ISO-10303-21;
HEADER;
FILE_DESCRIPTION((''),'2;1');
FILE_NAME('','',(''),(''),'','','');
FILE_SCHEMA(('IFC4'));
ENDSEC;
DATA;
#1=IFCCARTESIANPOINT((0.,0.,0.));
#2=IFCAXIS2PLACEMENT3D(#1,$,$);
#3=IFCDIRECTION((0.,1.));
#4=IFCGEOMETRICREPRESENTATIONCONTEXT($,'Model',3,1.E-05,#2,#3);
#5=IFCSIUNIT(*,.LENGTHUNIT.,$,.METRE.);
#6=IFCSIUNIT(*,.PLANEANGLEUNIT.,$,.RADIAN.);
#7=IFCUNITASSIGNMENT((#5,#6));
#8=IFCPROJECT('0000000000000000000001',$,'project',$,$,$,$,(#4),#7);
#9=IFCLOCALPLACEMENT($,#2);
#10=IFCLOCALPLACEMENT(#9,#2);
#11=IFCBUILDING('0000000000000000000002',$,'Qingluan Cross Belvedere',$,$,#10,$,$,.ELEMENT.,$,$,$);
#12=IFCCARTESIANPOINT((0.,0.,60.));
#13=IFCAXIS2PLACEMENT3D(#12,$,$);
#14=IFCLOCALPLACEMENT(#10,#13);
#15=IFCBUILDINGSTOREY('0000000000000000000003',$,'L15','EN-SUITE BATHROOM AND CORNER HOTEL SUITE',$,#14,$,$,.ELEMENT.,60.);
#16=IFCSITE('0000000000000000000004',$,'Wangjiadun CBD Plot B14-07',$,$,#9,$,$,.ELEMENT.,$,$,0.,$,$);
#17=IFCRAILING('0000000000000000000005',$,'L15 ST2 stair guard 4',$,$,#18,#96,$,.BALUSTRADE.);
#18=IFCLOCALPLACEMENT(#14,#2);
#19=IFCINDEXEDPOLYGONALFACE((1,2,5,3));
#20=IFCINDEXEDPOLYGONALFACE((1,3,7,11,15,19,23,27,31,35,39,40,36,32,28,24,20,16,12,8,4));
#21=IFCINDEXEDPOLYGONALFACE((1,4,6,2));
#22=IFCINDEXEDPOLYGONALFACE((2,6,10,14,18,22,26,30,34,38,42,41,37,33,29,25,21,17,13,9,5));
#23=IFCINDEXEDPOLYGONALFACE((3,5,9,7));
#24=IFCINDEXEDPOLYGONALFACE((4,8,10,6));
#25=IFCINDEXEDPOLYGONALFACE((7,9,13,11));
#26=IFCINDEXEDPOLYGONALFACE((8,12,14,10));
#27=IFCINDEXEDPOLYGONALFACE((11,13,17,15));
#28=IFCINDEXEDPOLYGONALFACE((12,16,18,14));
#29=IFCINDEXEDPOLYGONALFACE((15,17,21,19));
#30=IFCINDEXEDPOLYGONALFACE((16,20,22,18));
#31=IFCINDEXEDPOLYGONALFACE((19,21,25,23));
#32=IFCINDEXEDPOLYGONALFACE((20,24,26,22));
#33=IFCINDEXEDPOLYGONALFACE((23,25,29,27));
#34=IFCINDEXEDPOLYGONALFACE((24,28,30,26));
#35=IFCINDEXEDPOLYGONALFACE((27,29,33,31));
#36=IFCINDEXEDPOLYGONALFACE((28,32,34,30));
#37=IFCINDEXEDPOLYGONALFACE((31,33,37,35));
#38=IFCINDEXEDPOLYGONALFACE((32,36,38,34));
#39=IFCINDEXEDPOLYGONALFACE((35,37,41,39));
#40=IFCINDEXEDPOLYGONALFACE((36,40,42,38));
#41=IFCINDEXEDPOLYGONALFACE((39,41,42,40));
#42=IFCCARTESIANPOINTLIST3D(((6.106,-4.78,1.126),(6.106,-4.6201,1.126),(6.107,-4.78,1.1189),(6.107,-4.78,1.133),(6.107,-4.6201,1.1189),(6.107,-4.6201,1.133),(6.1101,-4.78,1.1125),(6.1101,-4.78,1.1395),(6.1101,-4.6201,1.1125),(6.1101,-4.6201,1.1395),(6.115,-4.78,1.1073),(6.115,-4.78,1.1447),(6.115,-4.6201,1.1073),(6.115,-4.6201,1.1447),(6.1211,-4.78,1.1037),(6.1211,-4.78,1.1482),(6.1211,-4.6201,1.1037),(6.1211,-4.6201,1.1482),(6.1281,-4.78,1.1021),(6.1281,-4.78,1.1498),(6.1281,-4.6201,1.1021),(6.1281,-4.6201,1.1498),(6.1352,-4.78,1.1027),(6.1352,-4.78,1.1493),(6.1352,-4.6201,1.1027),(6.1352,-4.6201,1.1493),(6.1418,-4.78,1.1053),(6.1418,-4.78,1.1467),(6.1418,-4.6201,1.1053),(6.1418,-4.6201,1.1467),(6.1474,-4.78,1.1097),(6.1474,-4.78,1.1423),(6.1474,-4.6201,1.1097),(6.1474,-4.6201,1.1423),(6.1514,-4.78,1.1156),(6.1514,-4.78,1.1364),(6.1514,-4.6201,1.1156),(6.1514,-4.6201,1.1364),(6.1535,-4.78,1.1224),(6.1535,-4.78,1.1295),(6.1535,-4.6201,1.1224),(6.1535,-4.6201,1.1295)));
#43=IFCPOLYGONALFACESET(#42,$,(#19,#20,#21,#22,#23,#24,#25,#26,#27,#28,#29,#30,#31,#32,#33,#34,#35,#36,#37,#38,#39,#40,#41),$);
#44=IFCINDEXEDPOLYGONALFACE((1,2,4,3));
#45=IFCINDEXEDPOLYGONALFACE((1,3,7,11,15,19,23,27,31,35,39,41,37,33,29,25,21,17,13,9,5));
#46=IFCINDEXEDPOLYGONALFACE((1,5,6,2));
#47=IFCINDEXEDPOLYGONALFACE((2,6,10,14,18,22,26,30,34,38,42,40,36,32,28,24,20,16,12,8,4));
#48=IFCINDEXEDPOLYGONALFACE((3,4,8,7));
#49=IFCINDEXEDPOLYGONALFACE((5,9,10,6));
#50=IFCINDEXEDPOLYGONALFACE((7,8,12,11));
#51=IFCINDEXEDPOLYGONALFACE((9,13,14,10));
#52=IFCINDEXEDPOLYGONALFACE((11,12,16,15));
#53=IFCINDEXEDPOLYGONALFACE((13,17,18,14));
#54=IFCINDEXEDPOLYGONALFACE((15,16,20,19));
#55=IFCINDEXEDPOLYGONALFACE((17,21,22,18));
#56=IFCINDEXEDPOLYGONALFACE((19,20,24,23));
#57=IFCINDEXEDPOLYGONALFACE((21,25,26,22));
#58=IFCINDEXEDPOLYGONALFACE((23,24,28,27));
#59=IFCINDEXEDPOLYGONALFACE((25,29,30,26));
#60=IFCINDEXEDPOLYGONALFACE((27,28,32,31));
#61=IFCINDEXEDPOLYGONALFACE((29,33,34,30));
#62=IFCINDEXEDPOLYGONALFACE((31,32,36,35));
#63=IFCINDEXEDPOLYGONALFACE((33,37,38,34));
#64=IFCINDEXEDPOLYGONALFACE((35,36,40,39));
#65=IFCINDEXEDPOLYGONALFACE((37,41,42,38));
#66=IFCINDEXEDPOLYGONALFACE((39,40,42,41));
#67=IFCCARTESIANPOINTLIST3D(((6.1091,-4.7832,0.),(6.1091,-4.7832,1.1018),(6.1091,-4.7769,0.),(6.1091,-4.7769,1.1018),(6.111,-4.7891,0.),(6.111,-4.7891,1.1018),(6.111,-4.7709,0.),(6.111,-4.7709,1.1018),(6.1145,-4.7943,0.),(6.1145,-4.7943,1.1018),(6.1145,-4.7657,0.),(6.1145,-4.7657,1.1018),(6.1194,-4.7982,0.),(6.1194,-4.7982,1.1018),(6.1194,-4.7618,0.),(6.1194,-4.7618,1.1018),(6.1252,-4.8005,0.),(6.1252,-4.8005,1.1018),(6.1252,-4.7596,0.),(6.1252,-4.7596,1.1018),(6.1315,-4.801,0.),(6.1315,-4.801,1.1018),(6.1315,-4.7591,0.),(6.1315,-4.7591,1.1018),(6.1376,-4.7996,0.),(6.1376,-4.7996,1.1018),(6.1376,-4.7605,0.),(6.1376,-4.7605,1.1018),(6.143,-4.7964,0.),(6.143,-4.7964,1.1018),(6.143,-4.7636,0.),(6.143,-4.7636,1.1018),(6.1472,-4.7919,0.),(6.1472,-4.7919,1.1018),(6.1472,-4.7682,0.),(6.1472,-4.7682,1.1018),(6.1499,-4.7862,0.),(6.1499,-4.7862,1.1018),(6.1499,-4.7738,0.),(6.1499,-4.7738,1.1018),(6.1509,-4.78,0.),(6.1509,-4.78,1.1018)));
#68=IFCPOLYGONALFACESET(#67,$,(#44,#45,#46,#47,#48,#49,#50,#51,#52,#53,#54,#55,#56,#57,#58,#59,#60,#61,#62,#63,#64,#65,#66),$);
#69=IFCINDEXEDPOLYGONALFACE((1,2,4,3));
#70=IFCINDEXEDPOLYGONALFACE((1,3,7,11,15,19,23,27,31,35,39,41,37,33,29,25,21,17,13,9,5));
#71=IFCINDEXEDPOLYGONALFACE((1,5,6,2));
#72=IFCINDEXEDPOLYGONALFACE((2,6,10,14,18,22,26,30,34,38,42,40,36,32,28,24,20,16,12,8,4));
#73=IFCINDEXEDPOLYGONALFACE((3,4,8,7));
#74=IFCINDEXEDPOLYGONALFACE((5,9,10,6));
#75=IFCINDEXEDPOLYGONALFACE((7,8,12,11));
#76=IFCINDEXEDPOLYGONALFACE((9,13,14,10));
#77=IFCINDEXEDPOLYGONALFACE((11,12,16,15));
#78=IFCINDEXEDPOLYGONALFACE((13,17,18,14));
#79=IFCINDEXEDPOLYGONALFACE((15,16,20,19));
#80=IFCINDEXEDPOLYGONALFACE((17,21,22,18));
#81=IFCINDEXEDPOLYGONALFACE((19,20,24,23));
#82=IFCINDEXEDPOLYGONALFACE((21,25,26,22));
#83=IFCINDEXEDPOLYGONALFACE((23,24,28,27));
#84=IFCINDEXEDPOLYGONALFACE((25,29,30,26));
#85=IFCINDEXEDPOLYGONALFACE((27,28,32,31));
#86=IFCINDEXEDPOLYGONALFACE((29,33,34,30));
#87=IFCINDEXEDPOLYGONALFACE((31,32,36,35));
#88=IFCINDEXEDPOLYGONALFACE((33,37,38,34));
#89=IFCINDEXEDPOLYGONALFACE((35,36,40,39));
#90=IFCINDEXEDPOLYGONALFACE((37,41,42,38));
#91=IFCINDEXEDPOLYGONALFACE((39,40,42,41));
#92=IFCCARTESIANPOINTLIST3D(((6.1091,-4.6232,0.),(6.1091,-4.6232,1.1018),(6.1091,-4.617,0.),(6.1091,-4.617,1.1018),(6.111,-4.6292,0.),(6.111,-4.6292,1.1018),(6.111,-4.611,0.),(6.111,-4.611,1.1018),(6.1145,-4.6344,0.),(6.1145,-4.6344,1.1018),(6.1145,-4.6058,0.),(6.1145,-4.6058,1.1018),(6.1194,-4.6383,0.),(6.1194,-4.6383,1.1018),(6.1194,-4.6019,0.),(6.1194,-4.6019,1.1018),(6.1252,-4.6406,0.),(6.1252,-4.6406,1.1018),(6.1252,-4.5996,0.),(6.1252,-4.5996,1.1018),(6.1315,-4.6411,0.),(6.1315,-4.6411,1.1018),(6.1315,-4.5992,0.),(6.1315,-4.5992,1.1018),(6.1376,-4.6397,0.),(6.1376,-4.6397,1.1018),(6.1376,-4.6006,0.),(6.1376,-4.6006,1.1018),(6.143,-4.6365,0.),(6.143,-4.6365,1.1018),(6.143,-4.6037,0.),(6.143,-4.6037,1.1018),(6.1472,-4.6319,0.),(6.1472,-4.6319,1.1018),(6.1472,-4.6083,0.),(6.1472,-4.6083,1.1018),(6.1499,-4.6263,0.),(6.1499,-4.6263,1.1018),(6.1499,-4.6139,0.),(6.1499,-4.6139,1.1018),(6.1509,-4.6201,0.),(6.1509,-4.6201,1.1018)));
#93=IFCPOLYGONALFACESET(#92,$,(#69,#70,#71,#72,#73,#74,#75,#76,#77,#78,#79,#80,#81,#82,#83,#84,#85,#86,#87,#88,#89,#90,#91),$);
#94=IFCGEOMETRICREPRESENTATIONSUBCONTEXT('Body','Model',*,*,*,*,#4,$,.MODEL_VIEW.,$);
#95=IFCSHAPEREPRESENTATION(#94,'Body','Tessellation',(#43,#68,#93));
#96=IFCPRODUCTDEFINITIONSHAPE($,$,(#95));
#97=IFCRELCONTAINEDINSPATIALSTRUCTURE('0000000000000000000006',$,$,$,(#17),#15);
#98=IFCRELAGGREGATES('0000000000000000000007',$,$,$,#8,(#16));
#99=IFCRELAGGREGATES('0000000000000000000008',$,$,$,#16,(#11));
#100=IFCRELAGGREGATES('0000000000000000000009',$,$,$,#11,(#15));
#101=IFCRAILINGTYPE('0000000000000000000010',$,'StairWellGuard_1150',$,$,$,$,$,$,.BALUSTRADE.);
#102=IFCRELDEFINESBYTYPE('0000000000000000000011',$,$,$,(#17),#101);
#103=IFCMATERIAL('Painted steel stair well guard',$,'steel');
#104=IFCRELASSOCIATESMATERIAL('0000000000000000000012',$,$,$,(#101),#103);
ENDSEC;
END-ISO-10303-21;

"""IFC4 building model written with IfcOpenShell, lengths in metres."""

from ifc_helpers import new_model, si_unit, direction, frame, origin, origin_2d, place, context, subcontext, project, spatial, circle, extrude, material, type_object, element, save


model = new_model("IFC4")

# Units and contexts
model_context = context("Model", 3, precision=1e-05, world=origin(), true_north=direction((0.0, 1.0)))
body_context = subcontext(model_context, "Body", "Model", "MODEL_VIEW")
ifc_project = project(units=[si_unit("LENGTHUNIT", "METRE"), si_unit("PLANEANGLEUNIT", "RADIAN")], contexts=[model_context])

# Site, building, storey
site_placement = place(None, origin())
site = spatial("IfcSite", under=ifc_project, at=site_placement, Name="Wangjiadun CBD Plot B14-07", CompositionType="ELEMENT", RefElevation=0.0)
building_placement = place(site_placement, origin())
building = spatial("IfcBuilding", under=site, at=building_placement, Name="Qingluan Cross Belvedere", CompositionType="ELEMENT")
storey_placement = place(building_placement, frame((0.0, 0.0, 60.0)))
storey = spatial("IfcBuildingStorey", under=building, at=storey_placement, Name="L15", Description="EN-SUITE BATHROOM AND CORNER HOTEL SUITE", CompositionType="ELEMENT", Elevation=60.0)

# Railing
ifc_material_1 = material(Name="Painted steel stair well guard", Category="steel")
railing_type_1 = type_object("IfcRailingType", Name="StairWellGuard_1150", PredefinedType="BALUSTRADE", material=ifc_material_1)
railing_1_placement = place(storey_placement, frame((6.1299, -4.78, 0.0)))
element("IfcRailing", 1, at=railing_1_placement, inside=storey, type_object=railing_type_1, Name="L15 ST2 stair guard 4", PredefinedType="BALUSTRADE", context=body_context, shape_type="SweptSolid", body=[
    extrude(circle(Radius=0.0239, at=origin_2d()), frame((0.0, 0.0, 1.126), z_axis=(0.0, 1.0, 0.0), x_axis=(-1.0, 0.0, 0.0)), (0.0, 0.0, 1.0), 0.1599),
    extrude(circle(Radius=0.021, at=origin_2d()), origin(), (0.0, 0.0, 1.0), 1.1018),
    extrude(circle(Radius=0.021, at=origin_2d()), frame((0.0, 0.1599, 0.0)), (0.0, 0.0, 1.0), 1.1018),
])

save(model, "model.ifc")
